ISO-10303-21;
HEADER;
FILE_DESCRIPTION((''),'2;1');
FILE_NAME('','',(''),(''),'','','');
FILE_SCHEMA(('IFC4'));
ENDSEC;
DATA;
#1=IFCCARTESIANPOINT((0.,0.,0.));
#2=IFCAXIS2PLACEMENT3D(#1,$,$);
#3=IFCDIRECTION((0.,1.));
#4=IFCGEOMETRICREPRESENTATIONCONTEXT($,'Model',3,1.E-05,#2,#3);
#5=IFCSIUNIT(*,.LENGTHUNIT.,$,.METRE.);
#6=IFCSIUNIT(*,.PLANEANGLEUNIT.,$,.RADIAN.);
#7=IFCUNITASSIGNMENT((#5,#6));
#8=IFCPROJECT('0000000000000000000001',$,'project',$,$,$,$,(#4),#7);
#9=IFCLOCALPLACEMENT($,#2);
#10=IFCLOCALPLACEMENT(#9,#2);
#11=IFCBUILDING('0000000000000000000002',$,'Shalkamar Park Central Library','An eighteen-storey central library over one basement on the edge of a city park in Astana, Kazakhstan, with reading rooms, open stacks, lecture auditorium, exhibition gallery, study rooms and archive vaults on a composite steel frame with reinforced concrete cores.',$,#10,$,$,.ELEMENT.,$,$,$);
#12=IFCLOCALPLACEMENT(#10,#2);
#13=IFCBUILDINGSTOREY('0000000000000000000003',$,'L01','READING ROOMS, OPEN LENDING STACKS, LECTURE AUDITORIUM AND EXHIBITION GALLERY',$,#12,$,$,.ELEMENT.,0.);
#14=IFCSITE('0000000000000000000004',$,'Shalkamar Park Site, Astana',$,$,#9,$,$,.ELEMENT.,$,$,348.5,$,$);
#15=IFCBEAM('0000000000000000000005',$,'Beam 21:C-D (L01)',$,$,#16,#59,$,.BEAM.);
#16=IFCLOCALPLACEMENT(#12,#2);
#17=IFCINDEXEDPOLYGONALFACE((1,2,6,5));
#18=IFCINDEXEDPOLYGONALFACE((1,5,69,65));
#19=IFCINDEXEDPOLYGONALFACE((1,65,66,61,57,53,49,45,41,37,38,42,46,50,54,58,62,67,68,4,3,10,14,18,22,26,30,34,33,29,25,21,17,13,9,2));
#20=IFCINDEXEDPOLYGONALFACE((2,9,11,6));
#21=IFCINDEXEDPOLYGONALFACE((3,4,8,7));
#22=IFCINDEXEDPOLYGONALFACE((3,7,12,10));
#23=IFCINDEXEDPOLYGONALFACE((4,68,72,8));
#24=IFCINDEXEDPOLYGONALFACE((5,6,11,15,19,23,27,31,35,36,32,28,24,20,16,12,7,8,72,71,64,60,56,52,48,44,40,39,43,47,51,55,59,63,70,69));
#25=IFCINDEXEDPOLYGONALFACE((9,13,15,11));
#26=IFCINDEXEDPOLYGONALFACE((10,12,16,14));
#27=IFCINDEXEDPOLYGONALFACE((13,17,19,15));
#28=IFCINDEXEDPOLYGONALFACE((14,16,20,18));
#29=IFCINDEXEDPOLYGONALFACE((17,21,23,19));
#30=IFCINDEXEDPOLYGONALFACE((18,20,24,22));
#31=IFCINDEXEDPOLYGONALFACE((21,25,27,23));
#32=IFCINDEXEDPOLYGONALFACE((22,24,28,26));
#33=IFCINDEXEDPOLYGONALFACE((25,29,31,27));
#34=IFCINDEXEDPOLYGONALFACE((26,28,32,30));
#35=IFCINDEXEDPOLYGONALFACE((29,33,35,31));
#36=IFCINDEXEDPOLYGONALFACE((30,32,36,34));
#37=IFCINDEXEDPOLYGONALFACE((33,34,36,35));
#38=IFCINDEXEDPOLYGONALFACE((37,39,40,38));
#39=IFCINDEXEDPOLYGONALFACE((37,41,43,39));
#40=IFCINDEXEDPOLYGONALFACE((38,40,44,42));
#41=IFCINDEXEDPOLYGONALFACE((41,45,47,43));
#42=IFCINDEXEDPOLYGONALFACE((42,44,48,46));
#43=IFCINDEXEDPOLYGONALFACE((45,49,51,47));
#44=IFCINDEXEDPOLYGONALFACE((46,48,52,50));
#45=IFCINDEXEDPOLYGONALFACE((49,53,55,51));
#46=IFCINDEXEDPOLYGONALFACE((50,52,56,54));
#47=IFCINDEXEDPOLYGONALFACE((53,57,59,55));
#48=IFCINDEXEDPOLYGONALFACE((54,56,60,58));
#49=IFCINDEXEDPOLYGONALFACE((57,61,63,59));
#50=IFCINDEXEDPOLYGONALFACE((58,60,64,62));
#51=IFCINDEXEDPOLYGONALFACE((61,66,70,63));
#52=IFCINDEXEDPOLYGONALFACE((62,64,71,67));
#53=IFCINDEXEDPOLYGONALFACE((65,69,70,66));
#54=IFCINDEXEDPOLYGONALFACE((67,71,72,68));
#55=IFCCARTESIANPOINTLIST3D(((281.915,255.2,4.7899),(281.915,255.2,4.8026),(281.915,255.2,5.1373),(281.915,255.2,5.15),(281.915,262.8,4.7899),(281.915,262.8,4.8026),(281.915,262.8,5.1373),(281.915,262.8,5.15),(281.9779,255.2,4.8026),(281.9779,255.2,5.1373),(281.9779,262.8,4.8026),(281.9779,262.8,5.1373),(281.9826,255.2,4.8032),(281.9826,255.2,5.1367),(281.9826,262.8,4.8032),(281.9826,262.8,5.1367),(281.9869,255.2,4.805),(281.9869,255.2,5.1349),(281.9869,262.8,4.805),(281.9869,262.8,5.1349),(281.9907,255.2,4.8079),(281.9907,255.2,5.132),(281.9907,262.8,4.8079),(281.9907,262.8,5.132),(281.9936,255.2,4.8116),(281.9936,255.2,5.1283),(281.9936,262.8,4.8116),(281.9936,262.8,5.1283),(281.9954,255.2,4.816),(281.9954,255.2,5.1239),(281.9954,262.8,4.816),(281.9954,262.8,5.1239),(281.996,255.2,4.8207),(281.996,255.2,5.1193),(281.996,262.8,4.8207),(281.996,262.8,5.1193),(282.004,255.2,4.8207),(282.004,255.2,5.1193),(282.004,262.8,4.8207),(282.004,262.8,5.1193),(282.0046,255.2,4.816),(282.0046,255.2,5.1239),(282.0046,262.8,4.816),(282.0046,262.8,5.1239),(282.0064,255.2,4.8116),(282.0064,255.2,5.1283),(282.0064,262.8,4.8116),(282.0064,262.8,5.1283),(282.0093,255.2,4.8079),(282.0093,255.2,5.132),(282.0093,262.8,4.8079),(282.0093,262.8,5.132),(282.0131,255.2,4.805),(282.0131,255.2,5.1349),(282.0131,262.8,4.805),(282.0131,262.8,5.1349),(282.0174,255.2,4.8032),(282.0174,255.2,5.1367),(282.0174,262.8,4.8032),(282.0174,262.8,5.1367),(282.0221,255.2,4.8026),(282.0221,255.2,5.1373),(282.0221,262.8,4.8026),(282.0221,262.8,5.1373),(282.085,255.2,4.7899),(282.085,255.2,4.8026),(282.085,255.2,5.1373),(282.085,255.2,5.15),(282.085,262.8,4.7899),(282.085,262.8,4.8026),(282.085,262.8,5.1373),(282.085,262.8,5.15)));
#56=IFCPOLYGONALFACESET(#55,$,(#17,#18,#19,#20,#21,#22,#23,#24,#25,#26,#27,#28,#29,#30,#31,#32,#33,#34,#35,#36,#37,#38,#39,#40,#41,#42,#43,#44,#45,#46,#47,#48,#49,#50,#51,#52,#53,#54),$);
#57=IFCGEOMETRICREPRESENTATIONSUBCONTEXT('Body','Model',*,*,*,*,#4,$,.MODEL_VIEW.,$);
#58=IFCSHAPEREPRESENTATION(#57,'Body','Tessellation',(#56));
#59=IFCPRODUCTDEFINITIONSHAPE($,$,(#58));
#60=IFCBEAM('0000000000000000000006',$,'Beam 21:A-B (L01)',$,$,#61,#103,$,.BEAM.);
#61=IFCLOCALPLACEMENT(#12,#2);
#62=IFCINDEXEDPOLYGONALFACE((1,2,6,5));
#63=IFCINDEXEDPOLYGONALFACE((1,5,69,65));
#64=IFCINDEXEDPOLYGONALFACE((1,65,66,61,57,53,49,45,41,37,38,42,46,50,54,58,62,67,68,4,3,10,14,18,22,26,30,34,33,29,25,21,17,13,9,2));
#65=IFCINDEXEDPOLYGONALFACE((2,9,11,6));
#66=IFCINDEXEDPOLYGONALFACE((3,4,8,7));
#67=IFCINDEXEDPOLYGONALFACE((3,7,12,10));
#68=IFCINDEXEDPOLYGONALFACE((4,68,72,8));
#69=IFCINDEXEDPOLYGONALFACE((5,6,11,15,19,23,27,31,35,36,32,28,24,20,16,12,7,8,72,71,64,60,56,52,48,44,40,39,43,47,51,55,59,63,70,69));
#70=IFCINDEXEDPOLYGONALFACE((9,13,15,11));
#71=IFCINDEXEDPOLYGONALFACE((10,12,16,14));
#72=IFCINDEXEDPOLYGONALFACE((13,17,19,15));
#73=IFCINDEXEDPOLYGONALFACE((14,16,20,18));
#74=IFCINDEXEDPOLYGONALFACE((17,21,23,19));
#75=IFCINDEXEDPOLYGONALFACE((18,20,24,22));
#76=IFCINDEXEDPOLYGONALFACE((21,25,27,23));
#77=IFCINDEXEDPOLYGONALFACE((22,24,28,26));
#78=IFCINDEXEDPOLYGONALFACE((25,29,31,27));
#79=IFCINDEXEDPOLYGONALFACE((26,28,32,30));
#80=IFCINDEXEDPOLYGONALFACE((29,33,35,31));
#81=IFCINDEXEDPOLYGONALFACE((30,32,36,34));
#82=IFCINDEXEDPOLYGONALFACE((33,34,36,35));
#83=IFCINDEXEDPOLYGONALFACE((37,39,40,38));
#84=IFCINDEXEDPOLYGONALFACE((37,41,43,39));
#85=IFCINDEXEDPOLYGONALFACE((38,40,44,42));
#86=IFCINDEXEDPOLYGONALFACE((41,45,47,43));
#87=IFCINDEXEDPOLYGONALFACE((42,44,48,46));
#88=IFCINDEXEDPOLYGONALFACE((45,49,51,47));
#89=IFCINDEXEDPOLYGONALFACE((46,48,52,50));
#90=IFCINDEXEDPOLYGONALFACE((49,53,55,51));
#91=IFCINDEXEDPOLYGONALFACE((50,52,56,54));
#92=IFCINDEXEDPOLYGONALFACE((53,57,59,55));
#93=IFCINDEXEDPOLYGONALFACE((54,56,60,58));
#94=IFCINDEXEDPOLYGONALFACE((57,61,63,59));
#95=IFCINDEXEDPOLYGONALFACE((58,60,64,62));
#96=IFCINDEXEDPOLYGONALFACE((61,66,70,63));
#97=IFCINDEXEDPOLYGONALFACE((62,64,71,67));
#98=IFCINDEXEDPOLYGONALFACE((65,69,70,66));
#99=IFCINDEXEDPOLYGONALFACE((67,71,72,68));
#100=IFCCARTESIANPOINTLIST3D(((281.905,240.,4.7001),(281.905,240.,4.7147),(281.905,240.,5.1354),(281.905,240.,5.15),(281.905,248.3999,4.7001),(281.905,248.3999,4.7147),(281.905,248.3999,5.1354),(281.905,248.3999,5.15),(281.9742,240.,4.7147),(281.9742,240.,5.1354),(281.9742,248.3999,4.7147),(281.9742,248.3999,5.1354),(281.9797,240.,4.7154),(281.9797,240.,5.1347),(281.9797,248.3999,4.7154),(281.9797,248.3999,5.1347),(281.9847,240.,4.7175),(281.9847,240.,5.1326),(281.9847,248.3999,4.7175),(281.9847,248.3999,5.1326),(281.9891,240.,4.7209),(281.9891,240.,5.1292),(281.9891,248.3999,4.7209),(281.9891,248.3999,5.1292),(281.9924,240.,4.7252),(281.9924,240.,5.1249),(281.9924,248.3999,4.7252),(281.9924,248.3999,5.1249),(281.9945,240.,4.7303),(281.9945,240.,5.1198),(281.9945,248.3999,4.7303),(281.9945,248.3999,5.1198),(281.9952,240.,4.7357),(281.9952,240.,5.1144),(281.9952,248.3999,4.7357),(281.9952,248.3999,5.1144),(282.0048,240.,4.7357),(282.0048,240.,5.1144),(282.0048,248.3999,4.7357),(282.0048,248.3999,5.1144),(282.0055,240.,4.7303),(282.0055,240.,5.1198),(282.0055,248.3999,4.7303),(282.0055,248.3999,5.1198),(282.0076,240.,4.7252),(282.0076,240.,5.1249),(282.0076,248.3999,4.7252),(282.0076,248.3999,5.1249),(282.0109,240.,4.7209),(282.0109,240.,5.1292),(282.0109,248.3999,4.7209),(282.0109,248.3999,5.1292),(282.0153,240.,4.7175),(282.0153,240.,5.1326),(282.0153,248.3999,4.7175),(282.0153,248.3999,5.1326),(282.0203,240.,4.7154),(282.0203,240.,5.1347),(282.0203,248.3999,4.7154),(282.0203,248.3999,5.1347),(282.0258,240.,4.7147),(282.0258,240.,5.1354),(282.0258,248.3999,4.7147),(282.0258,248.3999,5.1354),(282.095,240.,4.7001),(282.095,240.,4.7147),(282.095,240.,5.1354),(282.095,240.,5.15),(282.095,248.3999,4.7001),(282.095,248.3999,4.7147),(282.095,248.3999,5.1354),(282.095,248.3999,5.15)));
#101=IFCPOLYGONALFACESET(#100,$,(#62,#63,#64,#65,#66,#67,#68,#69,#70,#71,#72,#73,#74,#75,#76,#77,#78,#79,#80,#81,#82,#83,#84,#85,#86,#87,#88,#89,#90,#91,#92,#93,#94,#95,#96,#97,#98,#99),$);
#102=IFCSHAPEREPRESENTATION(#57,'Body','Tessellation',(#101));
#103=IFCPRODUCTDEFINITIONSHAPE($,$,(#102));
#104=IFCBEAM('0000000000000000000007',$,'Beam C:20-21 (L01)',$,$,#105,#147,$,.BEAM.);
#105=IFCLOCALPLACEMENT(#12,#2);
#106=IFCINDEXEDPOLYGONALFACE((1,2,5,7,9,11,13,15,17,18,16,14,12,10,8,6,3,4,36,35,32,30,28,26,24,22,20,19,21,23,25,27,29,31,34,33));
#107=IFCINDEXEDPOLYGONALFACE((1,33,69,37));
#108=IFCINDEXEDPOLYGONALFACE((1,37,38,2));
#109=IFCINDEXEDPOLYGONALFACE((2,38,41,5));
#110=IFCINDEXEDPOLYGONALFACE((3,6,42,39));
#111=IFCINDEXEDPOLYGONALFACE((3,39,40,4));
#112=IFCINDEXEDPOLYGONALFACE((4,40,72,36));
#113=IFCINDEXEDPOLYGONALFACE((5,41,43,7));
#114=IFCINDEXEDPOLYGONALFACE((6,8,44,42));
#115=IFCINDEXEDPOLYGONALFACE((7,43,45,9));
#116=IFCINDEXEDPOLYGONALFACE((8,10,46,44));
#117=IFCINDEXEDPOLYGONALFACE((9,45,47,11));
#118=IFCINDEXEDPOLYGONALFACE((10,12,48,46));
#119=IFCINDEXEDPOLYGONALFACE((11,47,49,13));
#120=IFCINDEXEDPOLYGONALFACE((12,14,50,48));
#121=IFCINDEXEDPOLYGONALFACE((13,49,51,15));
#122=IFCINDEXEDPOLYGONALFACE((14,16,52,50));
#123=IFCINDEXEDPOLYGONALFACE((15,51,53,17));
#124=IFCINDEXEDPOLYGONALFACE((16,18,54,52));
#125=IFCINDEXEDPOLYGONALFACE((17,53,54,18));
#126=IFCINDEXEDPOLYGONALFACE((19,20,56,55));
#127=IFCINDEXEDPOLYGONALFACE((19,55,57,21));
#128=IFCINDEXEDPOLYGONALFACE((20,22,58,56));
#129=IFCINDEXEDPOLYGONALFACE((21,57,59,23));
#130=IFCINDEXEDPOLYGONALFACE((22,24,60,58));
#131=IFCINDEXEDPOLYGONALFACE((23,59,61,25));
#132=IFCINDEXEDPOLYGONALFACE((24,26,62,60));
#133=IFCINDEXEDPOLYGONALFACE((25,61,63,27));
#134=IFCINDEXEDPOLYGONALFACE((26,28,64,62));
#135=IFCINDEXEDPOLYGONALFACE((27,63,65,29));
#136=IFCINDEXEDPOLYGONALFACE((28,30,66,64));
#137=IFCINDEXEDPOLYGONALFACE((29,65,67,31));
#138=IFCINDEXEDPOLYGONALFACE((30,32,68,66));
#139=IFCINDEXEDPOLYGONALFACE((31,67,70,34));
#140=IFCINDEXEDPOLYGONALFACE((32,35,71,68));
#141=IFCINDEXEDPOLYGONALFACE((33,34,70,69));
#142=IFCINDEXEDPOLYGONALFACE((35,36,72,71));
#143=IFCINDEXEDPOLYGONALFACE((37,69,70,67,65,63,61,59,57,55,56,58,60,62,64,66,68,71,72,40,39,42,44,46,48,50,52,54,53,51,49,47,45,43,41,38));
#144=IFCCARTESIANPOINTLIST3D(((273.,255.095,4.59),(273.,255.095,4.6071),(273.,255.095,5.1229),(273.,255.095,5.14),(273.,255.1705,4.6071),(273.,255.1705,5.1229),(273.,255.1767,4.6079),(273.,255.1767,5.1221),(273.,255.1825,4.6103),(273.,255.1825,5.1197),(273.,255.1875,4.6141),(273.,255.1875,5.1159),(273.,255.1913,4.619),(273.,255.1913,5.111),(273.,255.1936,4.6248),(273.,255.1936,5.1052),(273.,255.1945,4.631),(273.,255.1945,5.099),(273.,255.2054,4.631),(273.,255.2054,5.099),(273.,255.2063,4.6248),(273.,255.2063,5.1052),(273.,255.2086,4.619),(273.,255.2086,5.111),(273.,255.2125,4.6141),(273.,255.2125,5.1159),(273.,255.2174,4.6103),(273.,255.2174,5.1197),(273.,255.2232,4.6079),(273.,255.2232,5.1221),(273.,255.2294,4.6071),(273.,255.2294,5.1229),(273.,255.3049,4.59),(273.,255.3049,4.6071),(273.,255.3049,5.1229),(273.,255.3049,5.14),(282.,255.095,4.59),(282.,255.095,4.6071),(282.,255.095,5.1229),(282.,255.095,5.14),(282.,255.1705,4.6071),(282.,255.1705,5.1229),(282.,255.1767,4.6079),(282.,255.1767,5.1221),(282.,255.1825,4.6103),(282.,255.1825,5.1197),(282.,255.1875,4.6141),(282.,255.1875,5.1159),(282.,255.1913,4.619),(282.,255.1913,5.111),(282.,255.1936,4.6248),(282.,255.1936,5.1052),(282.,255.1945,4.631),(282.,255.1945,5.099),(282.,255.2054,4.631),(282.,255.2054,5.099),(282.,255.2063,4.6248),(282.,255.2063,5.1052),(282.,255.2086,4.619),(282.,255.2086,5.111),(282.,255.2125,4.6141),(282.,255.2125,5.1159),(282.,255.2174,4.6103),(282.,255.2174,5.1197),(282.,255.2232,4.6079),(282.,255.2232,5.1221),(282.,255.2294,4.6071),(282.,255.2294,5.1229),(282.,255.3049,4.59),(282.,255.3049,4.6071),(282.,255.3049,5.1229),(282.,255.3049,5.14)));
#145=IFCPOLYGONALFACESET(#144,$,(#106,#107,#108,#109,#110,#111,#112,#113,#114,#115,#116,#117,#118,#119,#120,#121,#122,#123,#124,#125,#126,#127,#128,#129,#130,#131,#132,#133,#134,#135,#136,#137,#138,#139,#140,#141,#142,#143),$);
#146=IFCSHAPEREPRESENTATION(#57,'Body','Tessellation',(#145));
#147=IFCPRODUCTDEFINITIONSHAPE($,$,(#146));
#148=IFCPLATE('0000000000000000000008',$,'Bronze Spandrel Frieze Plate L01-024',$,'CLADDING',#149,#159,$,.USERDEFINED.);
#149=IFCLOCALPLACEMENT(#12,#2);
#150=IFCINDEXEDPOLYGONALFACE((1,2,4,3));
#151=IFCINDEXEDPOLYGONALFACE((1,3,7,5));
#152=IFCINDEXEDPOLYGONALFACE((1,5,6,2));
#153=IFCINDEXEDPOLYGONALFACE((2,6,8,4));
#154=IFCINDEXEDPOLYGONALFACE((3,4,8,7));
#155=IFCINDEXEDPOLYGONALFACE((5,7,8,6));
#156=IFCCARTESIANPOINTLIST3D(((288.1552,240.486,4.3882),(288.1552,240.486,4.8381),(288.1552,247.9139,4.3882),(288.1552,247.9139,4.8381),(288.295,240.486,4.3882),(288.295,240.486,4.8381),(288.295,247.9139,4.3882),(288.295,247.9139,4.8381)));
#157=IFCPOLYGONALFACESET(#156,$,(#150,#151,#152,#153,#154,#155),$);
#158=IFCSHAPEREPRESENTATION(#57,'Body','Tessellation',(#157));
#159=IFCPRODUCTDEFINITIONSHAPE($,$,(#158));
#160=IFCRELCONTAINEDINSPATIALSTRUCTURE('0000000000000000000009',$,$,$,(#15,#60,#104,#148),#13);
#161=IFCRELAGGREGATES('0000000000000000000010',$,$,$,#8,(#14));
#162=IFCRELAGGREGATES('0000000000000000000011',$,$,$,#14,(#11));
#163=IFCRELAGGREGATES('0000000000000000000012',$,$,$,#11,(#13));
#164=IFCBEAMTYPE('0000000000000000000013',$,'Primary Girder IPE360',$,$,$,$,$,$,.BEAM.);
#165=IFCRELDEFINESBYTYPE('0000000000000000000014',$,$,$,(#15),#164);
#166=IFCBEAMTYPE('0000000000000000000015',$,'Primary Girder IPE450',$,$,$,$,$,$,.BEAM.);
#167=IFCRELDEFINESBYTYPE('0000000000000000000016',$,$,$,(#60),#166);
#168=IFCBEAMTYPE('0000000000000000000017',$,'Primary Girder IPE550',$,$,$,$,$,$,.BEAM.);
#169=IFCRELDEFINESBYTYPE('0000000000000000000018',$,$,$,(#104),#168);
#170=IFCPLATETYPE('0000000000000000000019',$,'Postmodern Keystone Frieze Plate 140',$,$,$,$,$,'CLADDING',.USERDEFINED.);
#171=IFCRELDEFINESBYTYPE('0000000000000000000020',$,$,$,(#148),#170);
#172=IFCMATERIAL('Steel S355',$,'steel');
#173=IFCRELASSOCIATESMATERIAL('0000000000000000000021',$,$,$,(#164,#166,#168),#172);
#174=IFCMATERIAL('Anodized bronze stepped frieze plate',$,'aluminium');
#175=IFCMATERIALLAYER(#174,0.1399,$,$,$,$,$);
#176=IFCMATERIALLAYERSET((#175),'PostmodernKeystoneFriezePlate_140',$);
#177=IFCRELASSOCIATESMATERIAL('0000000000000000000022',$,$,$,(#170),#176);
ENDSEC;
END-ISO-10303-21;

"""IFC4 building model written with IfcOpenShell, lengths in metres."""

from ifc_helpers import new_model, si_unit, direction, frame, origin, origin_2d, place, context, subcontext, project, spatial, rectangle, i_section, extrude, material, layer, layer_set, material_profile, profile_set, type_object, element, save


model = new_model("IFC4")

# Units and contexts
model_context = context("Model", 3, precision=1e-05, world=origin(), true_north=direction((0.0, 1.0)))
body_context = subcontext(model_context, "Body", "Model", "MODEL_VIEW")
ifc_project = project(units=[si_unit("LENGTHUNIT", "METRE"), si_unit("PLANEANGLEUNIT", "RADIAN")], contexts=[model_context])

# Site, building, storey
site_placement = place(None, origin())
site = spatial("IfcSite", under=ifc_project, at=site_placement, Name="Shalkamar Park Site, Astana", CompositionType="ELEMENT", RefElevation=348.5)
building_placement = place(site_placement, origin())
building = spatial("IfcBuilding", under=site, at=building_placement, Name="Shalkamar Park Central Library", Description="An eighteen-storey central library over one basement on the edge of a city park in Astana, Kazakhstan, with reading rooms, open stacks, lecture auditorium, exhibition gallery, study rooms and archive vaults on a composite steel frame with reinforced concrete cores.", CompositionType="ELEMENT")
storey_placement = place(building_placement, origin())
storey = spatial("IfcBuildingStorey", under=building, at=storey_placement, Name="L01", Description="READING ROOMS, OPEN LENDING STACKS, LECTURE AUDITORIUM AND EXHIBITION GALLERY", CompositionType="ELEMENT", Elevation=0.0)

# Shared definitions
ifc_material_1 = material(Name="Steel S355", Category="steel")

# Beams
ifc_material_profile_1 = material_profile(ifc_material_1, i_section(OverallWidth=0.1699, OverallDepth=0.3601, WebThickness=0.0081, FlangeThickness=0.0127, FilletRadius=0.0181, at=origin_2d()), Name="IPE 360")
ifc_profile_set_1 = profile_set([ifc_material_profile_1], Name="Steel S355")
beam_type_1 = type_object("IfcBeamType", Name="Primary Girder IPE360", PredefinedType="BEAM", material=ifc_profile_set_1)
beam_1_placement = place(storey_placement, frame((282.0, 255.2, 4.97), z_axis=(0.0, 1.0, 0.0), x_axis=(-1.0, 0.0, 0.0)))
element("IfcBeam", 1, at=beam_1_placement, inside=storey, type_object=beam_type_1, Name="Beam 21:C-D (L01)", PredefinedType="BEAM", context=body_context, shape_type="SweptSolid", body=[
    extrude(i_section(OverallWidth=0.1699, OverallDepth=0.3601, WebThickness=0.0081, FlangeThickness=0.0127, FilletRadius=0.0181, at=origin_2d()), origin(), (0.0, 0.0, 1.0), 7.6001),
])
ifc_material_profile_2 = material_profile(ifc_material_1, i_section(OverallWidth=0.1899, OverallDepth=0.45, WebThickness=0.0095, FlangeThickness=0.0146, FilletRadius=0.021, at=origin_2d()), Name="IPE 450")
ifc_profile_set_2 = profile_set([ifc_material_profile_2], Name="Steel S355")
beam_type_2 = type_object("IfcBeamType", Name="Primary Girder IPE450", PredefinedType="BEAM", material=ifc_profile_set_2)
beam_2_placement = place(storey_placement, frame((282.0, 240.0, 4.925), z_axis=(0.0, 1.0, 0.0), x_axis=(-1.0, 0.0, 0.0)))
element("IfcBeam", 2, at=beam_2_placement, inside=storey, type_object=beam_type_2, Name="Beam 21:A-B (L01)", PredefinedType="BEAM", context=body_context, shape_type="SweptSolid", body=[
    extrude(i_section(OverallWidth=0.1899, OverallDepth=0.45, WebThickness=0.0095, FlangeThickness=0.0146, FilletRadius=0.021, at=origin_2d()), origin(), (0.0, 0.0, 1.0), 8.3999),
])
ifc_material_profile_3 = material_profile(ifc_material_1, i_section(OverallWidth=0.21, OverallDepth=0.55, WebThickness=0.011, FlangeThickness=0.0171, FilletRadius=0.0239, at=origin_2d()), Name="IPE 550")
ifc_profile_set_3 = profile_set([ifc_material_profile_3], Name="Steel S355")
beam_type_3 = type_object("IfcBeamType", Name="Primary Girder IPE550", PredefinedType="BEAM", material=ifc_profile_set_3)
beam_3_placement = place(storey_placement, frame((273.0, 255.2, 4.865), z_axis=(1.0, 0.0, 0.0), x_axis=(0.0, 1.0, 0.0)))
element("IfcBeam", 3, at=beam_3_placement, inside=storey, type_object=beam_type_3, Name="Beam C:20-21 (L01)", PredefinedType="BEAM", context=body_context, shape_type="SweptSolid", body=[
    extrude(i_section(OverallWidth=0.21, OverallDepth=0.55, WebThickness=0.011, FlangeThickness=0.0171, FilletRadius=0.0239, at=origin_2d()), origin(), (0.0, 0.0, 1.0), 9.0),
])

# Plate
ifc_material_2 = material(Name="Anodized bronze stepped frieze plate", Category="aluminium")
ifc_layer_1 = layer(ifc_material_2, 0.1399)
ifc_layer_set_1 = layer_set([ifc_layer_1], Name="PostmodernKeystoneFriezePlate_140")
plate_type = type_object("IfcPlateType", Name="Postmodern Keystone Frieze Plate 140", ElementType="CLADDING", PredefinedType="USERDEFINED", material=ifc_layer_set_1)
plate_placement = place(storey_placement, frame((288.2251, 244.2, 4.3882), z_axis=(0.0, 0.0, 1.0), x_axis=(1.0, 0.0, 0.0)))
element("IfcPlate", 4, at=plate_placement, inside=storey, type_object=plate_type, Name="Bronze Spandrel Frieze Plate L01-024", ObjectType="CLADDING", PredefinedType="USERDEFINED", context=body_context, shape_type="SweptSolid", body=[
    extrude(rectangle(XDim=0.1399, YDim=7.428, at=origin_2d()), origin(), (0.0, 0.0, 1.0), 0.45),
])

save(model, "model.ifc")
